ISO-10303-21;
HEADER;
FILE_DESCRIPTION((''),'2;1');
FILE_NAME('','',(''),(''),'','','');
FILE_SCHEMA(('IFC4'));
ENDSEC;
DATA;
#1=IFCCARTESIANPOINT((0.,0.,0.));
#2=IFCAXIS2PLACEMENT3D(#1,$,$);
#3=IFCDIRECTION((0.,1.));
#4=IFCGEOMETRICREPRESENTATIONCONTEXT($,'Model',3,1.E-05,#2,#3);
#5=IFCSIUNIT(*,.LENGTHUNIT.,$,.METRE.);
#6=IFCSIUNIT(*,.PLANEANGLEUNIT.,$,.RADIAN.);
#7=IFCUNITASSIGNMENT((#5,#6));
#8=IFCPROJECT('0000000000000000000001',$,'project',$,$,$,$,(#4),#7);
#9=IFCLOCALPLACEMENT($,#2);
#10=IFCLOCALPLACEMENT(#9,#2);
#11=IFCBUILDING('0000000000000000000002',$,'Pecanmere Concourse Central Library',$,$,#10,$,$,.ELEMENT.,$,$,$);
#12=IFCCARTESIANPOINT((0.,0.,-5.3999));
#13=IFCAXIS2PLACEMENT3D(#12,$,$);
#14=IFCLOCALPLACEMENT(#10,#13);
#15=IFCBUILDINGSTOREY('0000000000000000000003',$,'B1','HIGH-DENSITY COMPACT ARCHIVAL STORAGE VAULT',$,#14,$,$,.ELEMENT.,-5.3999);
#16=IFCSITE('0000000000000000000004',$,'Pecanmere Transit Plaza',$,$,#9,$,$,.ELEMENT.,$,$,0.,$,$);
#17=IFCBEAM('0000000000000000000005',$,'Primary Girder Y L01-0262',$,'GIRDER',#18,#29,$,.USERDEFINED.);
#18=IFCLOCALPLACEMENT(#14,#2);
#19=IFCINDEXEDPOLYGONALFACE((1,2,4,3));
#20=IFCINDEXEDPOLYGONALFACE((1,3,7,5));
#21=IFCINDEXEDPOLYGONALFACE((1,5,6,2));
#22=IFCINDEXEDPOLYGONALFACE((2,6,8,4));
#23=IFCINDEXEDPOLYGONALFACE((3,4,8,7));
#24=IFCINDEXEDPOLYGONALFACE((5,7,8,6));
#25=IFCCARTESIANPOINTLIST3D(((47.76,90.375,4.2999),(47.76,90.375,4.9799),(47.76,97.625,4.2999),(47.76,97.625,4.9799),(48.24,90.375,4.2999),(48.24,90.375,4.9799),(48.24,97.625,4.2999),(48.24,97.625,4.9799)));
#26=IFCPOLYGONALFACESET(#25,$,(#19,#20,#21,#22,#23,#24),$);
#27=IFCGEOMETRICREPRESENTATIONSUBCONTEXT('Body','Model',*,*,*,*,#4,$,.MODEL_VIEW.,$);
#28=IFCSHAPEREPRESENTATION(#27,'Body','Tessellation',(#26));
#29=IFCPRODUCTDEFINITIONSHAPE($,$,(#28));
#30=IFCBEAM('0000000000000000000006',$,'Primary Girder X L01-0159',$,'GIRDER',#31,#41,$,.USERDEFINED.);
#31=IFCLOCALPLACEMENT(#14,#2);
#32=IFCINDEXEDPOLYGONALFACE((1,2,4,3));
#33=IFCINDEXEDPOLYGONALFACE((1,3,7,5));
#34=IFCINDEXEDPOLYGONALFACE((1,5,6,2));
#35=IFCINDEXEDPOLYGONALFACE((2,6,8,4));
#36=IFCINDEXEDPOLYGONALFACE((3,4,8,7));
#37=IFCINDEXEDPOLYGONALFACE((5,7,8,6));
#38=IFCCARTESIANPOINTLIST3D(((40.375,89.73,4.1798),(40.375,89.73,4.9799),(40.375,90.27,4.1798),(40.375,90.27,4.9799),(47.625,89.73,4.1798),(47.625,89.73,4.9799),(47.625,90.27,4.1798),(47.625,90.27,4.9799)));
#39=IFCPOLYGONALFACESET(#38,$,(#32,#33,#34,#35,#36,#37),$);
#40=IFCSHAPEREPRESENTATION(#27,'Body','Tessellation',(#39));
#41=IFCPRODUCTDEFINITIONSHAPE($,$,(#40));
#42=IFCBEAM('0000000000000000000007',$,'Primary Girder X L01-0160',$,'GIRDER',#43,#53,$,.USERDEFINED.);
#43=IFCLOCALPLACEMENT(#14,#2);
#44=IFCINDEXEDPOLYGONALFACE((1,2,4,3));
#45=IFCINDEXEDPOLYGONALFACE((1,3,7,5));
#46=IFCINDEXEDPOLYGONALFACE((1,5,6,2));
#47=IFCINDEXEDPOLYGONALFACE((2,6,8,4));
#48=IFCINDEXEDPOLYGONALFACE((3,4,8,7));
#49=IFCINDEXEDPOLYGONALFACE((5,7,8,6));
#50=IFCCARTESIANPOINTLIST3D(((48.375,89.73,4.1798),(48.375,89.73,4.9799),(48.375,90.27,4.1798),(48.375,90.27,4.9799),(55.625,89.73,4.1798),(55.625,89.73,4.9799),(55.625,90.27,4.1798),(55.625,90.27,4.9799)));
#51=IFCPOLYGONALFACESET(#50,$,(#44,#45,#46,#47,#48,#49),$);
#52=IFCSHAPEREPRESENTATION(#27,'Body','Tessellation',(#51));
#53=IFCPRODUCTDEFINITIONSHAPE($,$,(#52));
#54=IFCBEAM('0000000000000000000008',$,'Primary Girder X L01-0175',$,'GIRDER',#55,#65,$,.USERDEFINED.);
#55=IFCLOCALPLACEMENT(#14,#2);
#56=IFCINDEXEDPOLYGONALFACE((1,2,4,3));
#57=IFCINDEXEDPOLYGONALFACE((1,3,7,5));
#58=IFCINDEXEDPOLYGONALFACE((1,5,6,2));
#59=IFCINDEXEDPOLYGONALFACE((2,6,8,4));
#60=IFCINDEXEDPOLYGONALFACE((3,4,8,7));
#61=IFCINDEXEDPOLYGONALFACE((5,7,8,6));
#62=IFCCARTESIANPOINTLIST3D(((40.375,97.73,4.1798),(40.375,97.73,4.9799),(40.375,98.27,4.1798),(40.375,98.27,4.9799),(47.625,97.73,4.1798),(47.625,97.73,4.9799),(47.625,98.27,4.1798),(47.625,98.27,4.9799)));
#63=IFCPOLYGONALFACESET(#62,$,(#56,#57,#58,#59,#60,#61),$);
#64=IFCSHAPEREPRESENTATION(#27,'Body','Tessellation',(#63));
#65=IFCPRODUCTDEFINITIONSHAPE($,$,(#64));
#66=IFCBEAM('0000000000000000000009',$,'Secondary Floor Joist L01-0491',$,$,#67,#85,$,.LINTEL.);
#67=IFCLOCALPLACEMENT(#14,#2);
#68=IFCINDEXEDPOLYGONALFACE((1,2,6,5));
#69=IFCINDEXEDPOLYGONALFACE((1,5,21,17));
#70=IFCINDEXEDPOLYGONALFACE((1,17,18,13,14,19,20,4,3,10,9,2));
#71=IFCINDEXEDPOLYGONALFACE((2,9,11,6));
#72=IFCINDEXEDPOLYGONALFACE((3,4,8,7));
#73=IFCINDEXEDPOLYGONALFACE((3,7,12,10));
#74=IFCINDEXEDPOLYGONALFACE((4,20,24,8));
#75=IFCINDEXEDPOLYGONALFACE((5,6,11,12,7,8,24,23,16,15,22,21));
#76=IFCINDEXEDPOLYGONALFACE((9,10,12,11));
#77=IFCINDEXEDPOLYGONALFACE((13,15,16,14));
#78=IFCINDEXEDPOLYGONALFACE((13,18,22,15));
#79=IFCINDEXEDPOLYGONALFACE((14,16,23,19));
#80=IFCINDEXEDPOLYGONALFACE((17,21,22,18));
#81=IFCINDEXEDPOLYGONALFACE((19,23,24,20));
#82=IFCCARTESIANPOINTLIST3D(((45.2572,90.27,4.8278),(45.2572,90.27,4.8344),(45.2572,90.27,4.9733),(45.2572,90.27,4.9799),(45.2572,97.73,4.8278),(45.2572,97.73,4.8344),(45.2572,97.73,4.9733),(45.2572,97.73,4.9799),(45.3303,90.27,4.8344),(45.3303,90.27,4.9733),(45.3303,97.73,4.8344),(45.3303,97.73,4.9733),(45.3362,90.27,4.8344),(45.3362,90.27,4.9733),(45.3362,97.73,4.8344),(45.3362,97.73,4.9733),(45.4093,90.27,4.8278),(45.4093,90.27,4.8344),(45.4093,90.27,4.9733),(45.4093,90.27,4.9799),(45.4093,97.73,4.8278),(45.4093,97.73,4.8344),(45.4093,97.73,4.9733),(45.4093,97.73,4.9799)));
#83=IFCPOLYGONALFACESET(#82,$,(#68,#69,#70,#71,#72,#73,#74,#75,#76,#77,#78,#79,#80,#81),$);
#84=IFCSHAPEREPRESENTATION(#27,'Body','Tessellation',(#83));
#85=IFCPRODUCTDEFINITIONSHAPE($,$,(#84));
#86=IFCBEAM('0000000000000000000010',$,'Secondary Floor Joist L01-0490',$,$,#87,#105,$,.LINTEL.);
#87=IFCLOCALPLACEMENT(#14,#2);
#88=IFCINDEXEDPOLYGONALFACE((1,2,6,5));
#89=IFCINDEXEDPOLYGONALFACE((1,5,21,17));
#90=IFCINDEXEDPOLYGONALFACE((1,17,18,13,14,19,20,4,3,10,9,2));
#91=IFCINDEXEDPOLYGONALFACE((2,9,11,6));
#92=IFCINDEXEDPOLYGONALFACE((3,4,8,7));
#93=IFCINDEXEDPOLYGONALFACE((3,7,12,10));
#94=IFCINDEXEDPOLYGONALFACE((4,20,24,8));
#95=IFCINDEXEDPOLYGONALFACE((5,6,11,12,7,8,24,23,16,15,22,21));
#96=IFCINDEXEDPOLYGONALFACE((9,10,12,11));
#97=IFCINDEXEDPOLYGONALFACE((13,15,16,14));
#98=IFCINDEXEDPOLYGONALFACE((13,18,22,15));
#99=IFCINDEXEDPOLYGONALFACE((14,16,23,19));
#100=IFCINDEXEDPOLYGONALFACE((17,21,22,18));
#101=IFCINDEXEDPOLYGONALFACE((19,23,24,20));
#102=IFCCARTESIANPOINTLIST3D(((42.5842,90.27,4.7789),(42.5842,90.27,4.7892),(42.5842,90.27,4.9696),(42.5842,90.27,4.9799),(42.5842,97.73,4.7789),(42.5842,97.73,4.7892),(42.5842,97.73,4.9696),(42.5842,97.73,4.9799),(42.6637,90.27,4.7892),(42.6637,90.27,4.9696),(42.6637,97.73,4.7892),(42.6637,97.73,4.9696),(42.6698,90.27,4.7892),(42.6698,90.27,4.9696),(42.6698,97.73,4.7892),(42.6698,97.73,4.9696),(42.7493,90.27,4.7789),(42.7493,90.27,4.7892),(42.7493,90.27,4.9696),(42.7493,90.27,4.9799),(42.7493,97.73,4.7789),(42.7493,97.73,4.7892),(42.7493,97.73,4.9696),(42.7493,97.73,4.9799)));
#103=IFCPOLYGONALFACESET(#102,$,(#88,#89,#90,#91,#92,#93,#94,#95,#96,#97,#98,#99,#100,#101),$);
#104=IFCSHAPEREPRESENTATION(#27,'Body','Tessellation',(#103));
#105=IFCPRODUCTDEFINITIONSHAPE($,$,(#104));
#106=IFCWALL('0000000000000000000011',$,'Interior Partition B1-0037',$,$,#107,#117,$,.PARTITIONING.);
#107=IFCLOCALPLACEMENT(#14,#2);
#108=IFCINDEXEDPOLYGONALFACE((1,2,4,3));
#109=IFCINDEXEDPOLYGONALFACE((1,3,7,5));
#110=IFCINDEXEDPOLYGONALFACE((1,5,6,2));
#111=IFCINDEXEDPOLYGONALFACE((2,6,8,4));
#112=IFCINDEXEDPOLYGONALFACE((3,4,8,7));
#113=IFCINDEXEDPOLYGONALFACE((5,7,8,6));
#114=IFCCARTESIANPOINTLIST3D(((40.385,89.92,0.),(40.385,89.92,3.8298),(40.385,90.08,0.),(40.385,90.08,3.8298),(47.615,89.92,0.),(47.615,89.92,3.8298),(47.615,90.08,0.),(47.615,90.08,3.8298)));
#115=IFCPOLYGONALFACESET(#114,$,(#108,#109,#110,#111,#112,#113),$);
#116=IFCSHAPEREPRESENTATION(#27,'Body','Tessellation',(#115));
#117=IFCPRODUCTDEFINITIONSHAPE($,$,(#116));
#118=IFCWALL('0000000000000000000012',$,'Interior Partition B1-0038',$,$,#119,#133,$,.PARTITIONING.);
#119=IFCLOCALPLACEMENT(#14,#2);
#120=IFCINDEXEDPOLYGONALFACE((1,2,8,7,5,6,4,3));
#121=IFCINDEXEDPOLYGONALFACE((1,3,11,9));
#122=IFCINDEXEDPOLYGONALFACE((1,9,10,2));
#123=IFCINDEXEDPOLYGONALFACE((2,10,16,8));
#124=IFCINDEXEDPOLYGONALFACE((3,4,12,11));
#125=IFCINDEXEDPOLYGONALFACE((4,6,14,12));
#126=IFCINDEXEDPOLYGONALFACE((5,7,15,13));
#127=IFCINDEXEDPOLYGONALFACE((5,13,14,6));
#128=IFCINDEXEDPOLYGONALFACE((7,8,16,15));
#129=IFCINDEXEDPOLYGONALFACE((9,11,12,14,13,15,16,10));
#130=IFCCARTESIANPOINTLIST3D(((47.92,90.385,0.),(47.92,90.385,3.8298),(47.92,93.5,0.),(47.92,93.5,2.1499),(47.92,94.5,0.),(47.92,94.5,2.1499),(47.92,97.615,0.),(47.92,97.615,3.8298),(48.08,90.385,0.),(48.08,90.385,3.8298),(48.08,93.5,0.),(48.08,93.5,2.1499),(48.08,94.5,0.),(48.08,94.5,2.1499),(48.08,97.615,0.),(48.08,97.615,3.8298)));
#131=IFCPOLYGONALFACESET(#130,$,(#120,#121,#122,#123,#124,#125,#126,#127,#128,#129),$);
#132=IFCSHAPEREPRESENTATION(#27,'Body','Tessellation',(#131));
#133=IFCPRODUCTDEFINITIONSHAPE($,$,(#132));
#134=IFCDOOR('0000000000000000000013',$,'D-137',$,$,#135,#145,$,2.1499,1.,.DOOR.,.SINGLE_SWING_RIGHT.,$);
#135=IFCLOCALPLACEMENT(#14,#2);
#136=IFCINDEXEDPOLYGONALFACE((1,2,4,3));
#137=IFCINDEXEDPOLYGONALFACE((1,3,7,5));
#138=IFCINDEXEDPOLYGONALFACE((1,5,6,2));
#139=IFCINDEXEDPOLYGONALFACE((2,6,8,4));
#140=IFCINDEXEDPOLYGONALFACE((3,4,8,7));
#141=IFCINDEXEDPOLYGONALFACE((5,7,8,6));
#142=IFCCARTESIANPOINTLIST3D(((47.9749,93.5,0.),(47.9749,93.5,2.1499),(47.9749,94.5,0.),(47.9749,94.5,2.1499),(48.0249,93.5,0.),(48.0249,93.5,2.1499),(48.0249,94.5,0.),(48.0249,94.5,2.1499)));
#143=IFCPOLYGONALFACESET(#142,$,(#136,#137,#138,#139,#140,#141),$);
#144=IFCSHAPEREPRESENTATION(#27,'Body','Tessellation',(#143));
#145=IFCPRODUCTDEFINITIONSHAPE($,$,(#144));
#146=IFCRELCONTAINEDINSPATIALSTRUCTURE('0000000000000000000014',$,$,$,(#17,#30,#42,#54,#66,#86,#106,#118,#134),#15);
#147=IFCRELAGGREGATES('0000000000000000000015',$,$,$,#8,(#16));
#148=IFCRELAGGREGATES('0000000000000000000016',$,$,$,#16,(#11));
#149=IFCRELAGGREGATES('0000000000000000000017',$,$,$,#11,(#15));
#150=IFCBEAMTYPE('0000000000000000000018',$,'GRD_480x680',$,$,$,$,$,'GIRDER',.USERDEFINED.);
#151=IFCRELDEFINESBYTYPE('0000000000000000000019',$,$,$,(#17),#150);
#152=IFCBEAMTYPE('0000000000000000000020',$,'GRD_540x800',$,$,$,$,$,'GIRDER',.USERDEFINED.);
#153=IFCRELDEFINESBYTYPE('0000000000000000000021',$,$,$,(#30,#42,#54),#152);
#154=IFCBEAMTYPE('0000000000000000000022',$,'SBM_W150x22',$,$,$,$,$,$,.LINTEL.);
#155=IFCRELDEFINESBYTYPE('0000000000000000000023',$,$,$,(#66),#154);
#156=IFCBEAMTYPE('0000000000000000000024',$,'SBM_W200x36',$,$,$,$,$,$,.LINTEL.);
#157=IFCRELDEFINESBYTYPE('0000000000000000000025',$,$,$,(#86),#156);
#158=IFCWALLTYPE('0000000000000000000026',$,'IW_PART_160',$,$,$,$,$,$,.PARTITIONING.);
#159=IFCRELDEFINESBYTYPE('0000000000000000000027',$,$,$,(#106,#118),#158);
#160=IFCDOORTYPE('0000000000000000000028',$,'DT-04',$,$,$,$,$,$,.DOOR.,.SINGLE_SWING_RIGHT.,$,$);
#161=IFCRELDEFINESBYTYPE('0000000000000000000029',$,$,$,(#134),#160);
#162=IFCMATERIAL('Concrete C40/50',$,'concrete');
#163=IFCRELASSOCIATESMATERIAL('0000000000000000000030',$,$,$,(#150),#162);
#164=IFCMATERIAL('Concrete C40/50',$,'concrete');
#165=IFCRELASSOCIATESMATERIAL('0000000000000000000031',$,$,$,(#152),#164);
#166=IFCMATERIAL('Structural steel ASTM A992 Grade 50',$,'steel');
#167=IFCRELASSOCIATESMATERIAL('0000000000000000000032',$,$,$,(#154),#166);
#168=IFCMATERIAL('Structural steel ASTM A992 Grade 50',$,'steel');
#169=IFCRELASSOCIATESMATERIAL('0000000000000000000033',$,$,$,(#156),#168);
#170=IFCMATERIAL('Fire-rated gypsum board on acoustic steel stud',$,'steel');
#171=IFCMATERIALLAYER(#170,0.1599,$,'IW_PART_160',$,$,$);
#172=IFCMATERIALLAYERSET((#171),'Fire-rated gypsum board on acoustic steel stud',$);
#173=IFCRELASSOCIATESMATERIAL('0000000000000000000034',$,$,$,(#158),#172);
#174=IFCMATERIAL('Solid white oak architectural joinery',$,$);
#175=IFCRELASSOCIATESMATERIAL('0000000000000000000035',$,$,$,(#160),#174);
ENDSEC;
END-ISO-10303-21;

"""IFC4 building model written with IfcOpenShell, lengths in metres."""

from ifc_helpers import new_model, si_unit, direction, frame, frame_2d, origin, origin_2d, place, context, subcontext, project, spatial, rectangle, i_section, extrude, material, layer, layer_set, material_profile, profile_set, type_object, element, fill, save


model = new_model("IFC4")

# Units and contexts
model_context = context("Model", 3, precision=1e-05, world=origin(), true_north=direction((0.0, 1.0)))
body_context = subcontext(model_context, "Body", "Model", "MODEL_VIEW")
ifc_project = project(units=[si_unit("LENGTHUNIT", "METRE"), si_unit("PLANEANGLEUNIT", "RADIAN")], contexts=[model_context])

# Site, building, storey
site_placement = place(None, origin())
site = spatial("IfcSite", under=ifc_project, at=site_placement, Name="Pecanmere Transit Plaza", CompositionType="ELEMENT", RefElevation=0.0)
building_placement = place(site_placement, origin())
building = spatial("IfcBuilding", under=site, at=building_placement, Name="Pecanmere Concourse Central Library", CompositionType="ELEMENT")
storey_placement = place(building_placement, frame((0.0, 0.0, -5.3999)))
storey = spatial("IfcBuildingStorey", under=building, at=storey_placement, Name="B1", Description="HIGH-DENSITY COMPACT ARCHIVAL STORAGE VAULT", CompositionType="ELEMENT", Elevation=-5.3999)

# Beams
ifc_material_1 = material(Name="Concrete C40/50", Category="concrete")
ifc_material_profile_1 = material_profile(ifc_material_1, rectangle(XDim=0.48, YDim=0.6799, at=origin_2d()), Name="RC 480x680")
ifc_profile_set_1 = profile_set([ifc_material_profile_1], Name="Concrete C40/50")
beam_type_1 = type_object("IfcBeamType", Name="GRD_480x680", ElementType="GIRDER", PredefinedType="USERDEFINED", material=ifc_profile_set_1)
beam_1_placement = place(storey_placement, frame((48.0, 90.375, 4.6399), z_axis=(0.0, 1.0, 0.0), x_axis=(-1.0, 0.0, 0.0)))
element("IfcBeam", 1, at=beam_1_placement, inside=storey, type_object=beam_type_1, Name="Primary Girder Y L01-0262", ObjectType="GIRDER", PredefinedType="USERDEFINED", context=body_context, shape_type="SweptSolid", body=[
    extrude(rectangle(XDim=0.48, YDim=0.6799, at=origin_2d()), origin(), (0.0, 0.0, 1.0), 7.25),
])
ifc_material_2 = material(Name="Concrete C40/50", Category="concrete")
ifc_material_profile_2 = material_profile(ifc_material_2, rectangle(XDim=0.54, YDim=0.8, at=origin_2d()), Name="RC 540x800")
ifc_profile_set_2 = profile_set([ifc_material_profile_2], Name="Concrete C40/50")
beam_type_2 = type_object("IfcBeamType", Name="GRD_540x800", ElementType="GIRDER", PredefinedType="USERDEFINED", material=ifc_profile_set_2)
for number, where, z_axis, x_axis, name in (
    (2, (40.375, 90.0, 4.5798), (1.0, 0.0, 0.0), (0.0, 1.0, 0.0), "Primary Girder X L01-0159"),
    (3, (48.375, 90.0, 4.5798), (1.0, 0.0, 0.0), (0.0, 1.0, 0.0), "Primary Girder X L01-0160"),
    (4, (40.375, 98.0, 4.5798), (1.0, 0.0, 0.0), (0.0, 1.0, 0.0), "Primary Girder X L01-0175"),
):
    element("IfcBeam", number, at=place(storey_placement, frame(where, z_axis=z_axis, x_axis=x_axis)), inside=storey, type_object=beam_type_2, Name=name, ObjectType="GIRDER", PredefinedType="USERDEFINED", context=body_context, shape_type="SweptSolid", body=[
        extrude(rectangle(XDim=0.54, YDim=0.8, at=origin_2d()), origin(), (0.0, 0.0, 1.0), 7.25),
    ])
ifc_material_3 = material(Name="Structural steel ASTM A992 Grade 50", Category="steel")
ifc_material_profile_3 = material_profile(ifc_material_3, i_section(OverallWidth=0.1521, OverallDepth=0.1521, WebThickness=0.0059, FlangeThickness=0.0066, at=origin_2d()), Name="W150x22.5")
ifc_profile_set_3 = profile_set([ifc_material_profile_3], Name="Structural steel ASTM A992 Grade 50")
beam_type_3 = type_object("IfcBeamType", Name="SBM_W150x22", PredefinedType="LINTEL", material=ifc_profile_set_3)
beam_2_placement = place(storey_placement, frame((45.3333, 90.27, 4.9038), z_axis=(0.0, 1.0, 0.0), x_axis=(-1.0, 0.0, 0.0)))
element("IfcBeam", 5, at=beam_2_placement, inside=storey, type_object=beam_type_3, Name="Secondary Floor Joist L01-0491", PredefinedType="LINTEL", context=body_context, shape_type="SweptSolid", body=[
    extrude(i_section(OverallWidth=0.1521, OverallDepth=0.1521, WebThickness=0.0059, FlangeThickness=0.0066, at=origin_2d()), origin(), (0.0, 0.0, 1.0), 7.46),
])
ifc_material_4 = material(Name="Structural steel ASTM A992 Grade 50", Category="steel")
ifc_material_profile_4 = material_profile(ifc_material_4, i_section(OverallWidth=0.165, OverallDepth=0.2009, WebThickness=0.0061, FlangeThickness=0.0103, at=origin_2d()), Name="W200x35.9")
ifc_profile_set_4 = profile_set([ifc_material_profile_4], Name="Structural steel ASTM A992 Grade 50")
beam_type_4 = type_object("IfcBeamType", Name="SBM_W200x36", PredefinedType="LINTEL", material=ifc_profile_set_4)
beam_3_placement = place(storey_placement, frame((42.6667, 90.27, 4.8794), z_axis=(0.0, 1.0, 0.0), x_axis=(-1.0, 0.0, 0.0)))
element("IfcBeam", 6, at=beam_3_placement, inside=storey, type_object=beam_type_4, Name="Secondary Floor Joist L01-0490", PredefinedType="LINTEL", context=body_context, shape_type="SweptSolid", body=[
    extrude(i_section(OverallWidth=0.165, OverallDepth=0.2009, WebThickness=0.0061, FlangeThickness=0.0103, at=origin_2d()), origin(), (0.0, 0.0, 1.0), 7.46),
])

# Wall
ifc_material_5 = material(Name="Fire-rated gypsum board on acoustic steel stud", Category="steel")
ifc_layer = layer(ifc_material_5, 0.1599, Name="IW_PART_160")
ifc_layer_set = layer_set([ifc_layer], Name="Fire-rated gypsum board on acoustic steel stud")
wall_type = type_object("IfcWallType", Name="IW_PART_160", PredefinedType="PARTITIONING", material=ifc_layer_set)
wall_1_placement = place(storey_placement, frame((40.385, 90.0, 0.0), z_axis=(0.0, 0.0, 1.0), x_axis=(1.0, 0.0, 0.0)))
element("IfcWall", 7, at=wall_1_placement, inside=storey, type_object=wall_type, Name="Interior Partition B1-0037", PredefinedType="PARTITIONING", context=body_context, shape_type="SweptSolid", body=[
    extrude(rectangle(XDim=7.23, YDim=0.1599, at=frame_2d((3.615, 0.0))), origin(), (0.0, 0.0, 1.0), 3.8298),
])

# Wall, opening, door
wall_2_placement = place(storey_placement, frame((48.0, 90.385, 0.0), z_axis=(0.0, 0.0, 1.0), x_axis=(0.0, 1.0, 0.0)))
wall_2 = element("IfcWall", 8, at=wall_2_placement, inside=storey, type_object=wall_type, Name="Interior Partition B1-0038", PredefinedType="PARTITIONING", context=body_context, shape_type="SweptSolid", body=[
    extrude(rectangle(XDim=7.23, YDim=0.1599, at=frame_2d((3.615, 0.0))), origin(), (0.0, 0.0, 1.0), 3.8298),
])
opening_placement = place(wall_2_placement, frame((3.115, 0.0, 0.0)))
opening = element("IfcOpeningElement", 9, at=opening_placement, cuts=wall_2, PredefinedType="OPENING", context=body_context, shape_type="SweptSolid", body=[
    extrude(rectangle(XDim=1.0, YDim=2.1499, at=frame_2d((0.5, 1.075))), frame((0.0, 0.0918, 0.0), z_axis=(0.0, -1.0, 0.0), x_axis=(1.0, 0.0, 0.0)), (0.0, 0.0, 1.0), 0.1838),
])
ifc_material_6 = material(Name="Solid white oak architectural joinery")
door_type = type_object("IfcDoorType", Name="DT-04", OperationType="SINGLE_SWING_RIGHT", PredefinedType="DOOR", material=ifc_material_6)
door_placement = place(opening_placement, frame((1.0, 0.0, 0.0), z_axis=(0.0, 0.0, 1.0), x_axis=(-1.0, 0.0, 0.0)))
door = element("IfcDoor", 10, at=door_placement, inside=storey, type_object=door_type, Name="D-137", OperationType="SINGLE_SWING_RIGHT", OverallHeight=2.1499, OverallWidth=1.0, PredefinedType="DOOR", context=body_context, shape_type="SweptSolid", body=[
    extrude(rectangle(XDim=1.0, YDim=2.1499, at=frame_2d((0.5, 1.075))), frame((0.0, 0.0249, 0.0), z_axis=(0.0, -1.0, 0.0), x_axis=(1.0, 0.0, 0.0)), (0.0, 0.0, 1.0), 0.05),
])
fill(opening, door)

save(model, "model.ifc")
